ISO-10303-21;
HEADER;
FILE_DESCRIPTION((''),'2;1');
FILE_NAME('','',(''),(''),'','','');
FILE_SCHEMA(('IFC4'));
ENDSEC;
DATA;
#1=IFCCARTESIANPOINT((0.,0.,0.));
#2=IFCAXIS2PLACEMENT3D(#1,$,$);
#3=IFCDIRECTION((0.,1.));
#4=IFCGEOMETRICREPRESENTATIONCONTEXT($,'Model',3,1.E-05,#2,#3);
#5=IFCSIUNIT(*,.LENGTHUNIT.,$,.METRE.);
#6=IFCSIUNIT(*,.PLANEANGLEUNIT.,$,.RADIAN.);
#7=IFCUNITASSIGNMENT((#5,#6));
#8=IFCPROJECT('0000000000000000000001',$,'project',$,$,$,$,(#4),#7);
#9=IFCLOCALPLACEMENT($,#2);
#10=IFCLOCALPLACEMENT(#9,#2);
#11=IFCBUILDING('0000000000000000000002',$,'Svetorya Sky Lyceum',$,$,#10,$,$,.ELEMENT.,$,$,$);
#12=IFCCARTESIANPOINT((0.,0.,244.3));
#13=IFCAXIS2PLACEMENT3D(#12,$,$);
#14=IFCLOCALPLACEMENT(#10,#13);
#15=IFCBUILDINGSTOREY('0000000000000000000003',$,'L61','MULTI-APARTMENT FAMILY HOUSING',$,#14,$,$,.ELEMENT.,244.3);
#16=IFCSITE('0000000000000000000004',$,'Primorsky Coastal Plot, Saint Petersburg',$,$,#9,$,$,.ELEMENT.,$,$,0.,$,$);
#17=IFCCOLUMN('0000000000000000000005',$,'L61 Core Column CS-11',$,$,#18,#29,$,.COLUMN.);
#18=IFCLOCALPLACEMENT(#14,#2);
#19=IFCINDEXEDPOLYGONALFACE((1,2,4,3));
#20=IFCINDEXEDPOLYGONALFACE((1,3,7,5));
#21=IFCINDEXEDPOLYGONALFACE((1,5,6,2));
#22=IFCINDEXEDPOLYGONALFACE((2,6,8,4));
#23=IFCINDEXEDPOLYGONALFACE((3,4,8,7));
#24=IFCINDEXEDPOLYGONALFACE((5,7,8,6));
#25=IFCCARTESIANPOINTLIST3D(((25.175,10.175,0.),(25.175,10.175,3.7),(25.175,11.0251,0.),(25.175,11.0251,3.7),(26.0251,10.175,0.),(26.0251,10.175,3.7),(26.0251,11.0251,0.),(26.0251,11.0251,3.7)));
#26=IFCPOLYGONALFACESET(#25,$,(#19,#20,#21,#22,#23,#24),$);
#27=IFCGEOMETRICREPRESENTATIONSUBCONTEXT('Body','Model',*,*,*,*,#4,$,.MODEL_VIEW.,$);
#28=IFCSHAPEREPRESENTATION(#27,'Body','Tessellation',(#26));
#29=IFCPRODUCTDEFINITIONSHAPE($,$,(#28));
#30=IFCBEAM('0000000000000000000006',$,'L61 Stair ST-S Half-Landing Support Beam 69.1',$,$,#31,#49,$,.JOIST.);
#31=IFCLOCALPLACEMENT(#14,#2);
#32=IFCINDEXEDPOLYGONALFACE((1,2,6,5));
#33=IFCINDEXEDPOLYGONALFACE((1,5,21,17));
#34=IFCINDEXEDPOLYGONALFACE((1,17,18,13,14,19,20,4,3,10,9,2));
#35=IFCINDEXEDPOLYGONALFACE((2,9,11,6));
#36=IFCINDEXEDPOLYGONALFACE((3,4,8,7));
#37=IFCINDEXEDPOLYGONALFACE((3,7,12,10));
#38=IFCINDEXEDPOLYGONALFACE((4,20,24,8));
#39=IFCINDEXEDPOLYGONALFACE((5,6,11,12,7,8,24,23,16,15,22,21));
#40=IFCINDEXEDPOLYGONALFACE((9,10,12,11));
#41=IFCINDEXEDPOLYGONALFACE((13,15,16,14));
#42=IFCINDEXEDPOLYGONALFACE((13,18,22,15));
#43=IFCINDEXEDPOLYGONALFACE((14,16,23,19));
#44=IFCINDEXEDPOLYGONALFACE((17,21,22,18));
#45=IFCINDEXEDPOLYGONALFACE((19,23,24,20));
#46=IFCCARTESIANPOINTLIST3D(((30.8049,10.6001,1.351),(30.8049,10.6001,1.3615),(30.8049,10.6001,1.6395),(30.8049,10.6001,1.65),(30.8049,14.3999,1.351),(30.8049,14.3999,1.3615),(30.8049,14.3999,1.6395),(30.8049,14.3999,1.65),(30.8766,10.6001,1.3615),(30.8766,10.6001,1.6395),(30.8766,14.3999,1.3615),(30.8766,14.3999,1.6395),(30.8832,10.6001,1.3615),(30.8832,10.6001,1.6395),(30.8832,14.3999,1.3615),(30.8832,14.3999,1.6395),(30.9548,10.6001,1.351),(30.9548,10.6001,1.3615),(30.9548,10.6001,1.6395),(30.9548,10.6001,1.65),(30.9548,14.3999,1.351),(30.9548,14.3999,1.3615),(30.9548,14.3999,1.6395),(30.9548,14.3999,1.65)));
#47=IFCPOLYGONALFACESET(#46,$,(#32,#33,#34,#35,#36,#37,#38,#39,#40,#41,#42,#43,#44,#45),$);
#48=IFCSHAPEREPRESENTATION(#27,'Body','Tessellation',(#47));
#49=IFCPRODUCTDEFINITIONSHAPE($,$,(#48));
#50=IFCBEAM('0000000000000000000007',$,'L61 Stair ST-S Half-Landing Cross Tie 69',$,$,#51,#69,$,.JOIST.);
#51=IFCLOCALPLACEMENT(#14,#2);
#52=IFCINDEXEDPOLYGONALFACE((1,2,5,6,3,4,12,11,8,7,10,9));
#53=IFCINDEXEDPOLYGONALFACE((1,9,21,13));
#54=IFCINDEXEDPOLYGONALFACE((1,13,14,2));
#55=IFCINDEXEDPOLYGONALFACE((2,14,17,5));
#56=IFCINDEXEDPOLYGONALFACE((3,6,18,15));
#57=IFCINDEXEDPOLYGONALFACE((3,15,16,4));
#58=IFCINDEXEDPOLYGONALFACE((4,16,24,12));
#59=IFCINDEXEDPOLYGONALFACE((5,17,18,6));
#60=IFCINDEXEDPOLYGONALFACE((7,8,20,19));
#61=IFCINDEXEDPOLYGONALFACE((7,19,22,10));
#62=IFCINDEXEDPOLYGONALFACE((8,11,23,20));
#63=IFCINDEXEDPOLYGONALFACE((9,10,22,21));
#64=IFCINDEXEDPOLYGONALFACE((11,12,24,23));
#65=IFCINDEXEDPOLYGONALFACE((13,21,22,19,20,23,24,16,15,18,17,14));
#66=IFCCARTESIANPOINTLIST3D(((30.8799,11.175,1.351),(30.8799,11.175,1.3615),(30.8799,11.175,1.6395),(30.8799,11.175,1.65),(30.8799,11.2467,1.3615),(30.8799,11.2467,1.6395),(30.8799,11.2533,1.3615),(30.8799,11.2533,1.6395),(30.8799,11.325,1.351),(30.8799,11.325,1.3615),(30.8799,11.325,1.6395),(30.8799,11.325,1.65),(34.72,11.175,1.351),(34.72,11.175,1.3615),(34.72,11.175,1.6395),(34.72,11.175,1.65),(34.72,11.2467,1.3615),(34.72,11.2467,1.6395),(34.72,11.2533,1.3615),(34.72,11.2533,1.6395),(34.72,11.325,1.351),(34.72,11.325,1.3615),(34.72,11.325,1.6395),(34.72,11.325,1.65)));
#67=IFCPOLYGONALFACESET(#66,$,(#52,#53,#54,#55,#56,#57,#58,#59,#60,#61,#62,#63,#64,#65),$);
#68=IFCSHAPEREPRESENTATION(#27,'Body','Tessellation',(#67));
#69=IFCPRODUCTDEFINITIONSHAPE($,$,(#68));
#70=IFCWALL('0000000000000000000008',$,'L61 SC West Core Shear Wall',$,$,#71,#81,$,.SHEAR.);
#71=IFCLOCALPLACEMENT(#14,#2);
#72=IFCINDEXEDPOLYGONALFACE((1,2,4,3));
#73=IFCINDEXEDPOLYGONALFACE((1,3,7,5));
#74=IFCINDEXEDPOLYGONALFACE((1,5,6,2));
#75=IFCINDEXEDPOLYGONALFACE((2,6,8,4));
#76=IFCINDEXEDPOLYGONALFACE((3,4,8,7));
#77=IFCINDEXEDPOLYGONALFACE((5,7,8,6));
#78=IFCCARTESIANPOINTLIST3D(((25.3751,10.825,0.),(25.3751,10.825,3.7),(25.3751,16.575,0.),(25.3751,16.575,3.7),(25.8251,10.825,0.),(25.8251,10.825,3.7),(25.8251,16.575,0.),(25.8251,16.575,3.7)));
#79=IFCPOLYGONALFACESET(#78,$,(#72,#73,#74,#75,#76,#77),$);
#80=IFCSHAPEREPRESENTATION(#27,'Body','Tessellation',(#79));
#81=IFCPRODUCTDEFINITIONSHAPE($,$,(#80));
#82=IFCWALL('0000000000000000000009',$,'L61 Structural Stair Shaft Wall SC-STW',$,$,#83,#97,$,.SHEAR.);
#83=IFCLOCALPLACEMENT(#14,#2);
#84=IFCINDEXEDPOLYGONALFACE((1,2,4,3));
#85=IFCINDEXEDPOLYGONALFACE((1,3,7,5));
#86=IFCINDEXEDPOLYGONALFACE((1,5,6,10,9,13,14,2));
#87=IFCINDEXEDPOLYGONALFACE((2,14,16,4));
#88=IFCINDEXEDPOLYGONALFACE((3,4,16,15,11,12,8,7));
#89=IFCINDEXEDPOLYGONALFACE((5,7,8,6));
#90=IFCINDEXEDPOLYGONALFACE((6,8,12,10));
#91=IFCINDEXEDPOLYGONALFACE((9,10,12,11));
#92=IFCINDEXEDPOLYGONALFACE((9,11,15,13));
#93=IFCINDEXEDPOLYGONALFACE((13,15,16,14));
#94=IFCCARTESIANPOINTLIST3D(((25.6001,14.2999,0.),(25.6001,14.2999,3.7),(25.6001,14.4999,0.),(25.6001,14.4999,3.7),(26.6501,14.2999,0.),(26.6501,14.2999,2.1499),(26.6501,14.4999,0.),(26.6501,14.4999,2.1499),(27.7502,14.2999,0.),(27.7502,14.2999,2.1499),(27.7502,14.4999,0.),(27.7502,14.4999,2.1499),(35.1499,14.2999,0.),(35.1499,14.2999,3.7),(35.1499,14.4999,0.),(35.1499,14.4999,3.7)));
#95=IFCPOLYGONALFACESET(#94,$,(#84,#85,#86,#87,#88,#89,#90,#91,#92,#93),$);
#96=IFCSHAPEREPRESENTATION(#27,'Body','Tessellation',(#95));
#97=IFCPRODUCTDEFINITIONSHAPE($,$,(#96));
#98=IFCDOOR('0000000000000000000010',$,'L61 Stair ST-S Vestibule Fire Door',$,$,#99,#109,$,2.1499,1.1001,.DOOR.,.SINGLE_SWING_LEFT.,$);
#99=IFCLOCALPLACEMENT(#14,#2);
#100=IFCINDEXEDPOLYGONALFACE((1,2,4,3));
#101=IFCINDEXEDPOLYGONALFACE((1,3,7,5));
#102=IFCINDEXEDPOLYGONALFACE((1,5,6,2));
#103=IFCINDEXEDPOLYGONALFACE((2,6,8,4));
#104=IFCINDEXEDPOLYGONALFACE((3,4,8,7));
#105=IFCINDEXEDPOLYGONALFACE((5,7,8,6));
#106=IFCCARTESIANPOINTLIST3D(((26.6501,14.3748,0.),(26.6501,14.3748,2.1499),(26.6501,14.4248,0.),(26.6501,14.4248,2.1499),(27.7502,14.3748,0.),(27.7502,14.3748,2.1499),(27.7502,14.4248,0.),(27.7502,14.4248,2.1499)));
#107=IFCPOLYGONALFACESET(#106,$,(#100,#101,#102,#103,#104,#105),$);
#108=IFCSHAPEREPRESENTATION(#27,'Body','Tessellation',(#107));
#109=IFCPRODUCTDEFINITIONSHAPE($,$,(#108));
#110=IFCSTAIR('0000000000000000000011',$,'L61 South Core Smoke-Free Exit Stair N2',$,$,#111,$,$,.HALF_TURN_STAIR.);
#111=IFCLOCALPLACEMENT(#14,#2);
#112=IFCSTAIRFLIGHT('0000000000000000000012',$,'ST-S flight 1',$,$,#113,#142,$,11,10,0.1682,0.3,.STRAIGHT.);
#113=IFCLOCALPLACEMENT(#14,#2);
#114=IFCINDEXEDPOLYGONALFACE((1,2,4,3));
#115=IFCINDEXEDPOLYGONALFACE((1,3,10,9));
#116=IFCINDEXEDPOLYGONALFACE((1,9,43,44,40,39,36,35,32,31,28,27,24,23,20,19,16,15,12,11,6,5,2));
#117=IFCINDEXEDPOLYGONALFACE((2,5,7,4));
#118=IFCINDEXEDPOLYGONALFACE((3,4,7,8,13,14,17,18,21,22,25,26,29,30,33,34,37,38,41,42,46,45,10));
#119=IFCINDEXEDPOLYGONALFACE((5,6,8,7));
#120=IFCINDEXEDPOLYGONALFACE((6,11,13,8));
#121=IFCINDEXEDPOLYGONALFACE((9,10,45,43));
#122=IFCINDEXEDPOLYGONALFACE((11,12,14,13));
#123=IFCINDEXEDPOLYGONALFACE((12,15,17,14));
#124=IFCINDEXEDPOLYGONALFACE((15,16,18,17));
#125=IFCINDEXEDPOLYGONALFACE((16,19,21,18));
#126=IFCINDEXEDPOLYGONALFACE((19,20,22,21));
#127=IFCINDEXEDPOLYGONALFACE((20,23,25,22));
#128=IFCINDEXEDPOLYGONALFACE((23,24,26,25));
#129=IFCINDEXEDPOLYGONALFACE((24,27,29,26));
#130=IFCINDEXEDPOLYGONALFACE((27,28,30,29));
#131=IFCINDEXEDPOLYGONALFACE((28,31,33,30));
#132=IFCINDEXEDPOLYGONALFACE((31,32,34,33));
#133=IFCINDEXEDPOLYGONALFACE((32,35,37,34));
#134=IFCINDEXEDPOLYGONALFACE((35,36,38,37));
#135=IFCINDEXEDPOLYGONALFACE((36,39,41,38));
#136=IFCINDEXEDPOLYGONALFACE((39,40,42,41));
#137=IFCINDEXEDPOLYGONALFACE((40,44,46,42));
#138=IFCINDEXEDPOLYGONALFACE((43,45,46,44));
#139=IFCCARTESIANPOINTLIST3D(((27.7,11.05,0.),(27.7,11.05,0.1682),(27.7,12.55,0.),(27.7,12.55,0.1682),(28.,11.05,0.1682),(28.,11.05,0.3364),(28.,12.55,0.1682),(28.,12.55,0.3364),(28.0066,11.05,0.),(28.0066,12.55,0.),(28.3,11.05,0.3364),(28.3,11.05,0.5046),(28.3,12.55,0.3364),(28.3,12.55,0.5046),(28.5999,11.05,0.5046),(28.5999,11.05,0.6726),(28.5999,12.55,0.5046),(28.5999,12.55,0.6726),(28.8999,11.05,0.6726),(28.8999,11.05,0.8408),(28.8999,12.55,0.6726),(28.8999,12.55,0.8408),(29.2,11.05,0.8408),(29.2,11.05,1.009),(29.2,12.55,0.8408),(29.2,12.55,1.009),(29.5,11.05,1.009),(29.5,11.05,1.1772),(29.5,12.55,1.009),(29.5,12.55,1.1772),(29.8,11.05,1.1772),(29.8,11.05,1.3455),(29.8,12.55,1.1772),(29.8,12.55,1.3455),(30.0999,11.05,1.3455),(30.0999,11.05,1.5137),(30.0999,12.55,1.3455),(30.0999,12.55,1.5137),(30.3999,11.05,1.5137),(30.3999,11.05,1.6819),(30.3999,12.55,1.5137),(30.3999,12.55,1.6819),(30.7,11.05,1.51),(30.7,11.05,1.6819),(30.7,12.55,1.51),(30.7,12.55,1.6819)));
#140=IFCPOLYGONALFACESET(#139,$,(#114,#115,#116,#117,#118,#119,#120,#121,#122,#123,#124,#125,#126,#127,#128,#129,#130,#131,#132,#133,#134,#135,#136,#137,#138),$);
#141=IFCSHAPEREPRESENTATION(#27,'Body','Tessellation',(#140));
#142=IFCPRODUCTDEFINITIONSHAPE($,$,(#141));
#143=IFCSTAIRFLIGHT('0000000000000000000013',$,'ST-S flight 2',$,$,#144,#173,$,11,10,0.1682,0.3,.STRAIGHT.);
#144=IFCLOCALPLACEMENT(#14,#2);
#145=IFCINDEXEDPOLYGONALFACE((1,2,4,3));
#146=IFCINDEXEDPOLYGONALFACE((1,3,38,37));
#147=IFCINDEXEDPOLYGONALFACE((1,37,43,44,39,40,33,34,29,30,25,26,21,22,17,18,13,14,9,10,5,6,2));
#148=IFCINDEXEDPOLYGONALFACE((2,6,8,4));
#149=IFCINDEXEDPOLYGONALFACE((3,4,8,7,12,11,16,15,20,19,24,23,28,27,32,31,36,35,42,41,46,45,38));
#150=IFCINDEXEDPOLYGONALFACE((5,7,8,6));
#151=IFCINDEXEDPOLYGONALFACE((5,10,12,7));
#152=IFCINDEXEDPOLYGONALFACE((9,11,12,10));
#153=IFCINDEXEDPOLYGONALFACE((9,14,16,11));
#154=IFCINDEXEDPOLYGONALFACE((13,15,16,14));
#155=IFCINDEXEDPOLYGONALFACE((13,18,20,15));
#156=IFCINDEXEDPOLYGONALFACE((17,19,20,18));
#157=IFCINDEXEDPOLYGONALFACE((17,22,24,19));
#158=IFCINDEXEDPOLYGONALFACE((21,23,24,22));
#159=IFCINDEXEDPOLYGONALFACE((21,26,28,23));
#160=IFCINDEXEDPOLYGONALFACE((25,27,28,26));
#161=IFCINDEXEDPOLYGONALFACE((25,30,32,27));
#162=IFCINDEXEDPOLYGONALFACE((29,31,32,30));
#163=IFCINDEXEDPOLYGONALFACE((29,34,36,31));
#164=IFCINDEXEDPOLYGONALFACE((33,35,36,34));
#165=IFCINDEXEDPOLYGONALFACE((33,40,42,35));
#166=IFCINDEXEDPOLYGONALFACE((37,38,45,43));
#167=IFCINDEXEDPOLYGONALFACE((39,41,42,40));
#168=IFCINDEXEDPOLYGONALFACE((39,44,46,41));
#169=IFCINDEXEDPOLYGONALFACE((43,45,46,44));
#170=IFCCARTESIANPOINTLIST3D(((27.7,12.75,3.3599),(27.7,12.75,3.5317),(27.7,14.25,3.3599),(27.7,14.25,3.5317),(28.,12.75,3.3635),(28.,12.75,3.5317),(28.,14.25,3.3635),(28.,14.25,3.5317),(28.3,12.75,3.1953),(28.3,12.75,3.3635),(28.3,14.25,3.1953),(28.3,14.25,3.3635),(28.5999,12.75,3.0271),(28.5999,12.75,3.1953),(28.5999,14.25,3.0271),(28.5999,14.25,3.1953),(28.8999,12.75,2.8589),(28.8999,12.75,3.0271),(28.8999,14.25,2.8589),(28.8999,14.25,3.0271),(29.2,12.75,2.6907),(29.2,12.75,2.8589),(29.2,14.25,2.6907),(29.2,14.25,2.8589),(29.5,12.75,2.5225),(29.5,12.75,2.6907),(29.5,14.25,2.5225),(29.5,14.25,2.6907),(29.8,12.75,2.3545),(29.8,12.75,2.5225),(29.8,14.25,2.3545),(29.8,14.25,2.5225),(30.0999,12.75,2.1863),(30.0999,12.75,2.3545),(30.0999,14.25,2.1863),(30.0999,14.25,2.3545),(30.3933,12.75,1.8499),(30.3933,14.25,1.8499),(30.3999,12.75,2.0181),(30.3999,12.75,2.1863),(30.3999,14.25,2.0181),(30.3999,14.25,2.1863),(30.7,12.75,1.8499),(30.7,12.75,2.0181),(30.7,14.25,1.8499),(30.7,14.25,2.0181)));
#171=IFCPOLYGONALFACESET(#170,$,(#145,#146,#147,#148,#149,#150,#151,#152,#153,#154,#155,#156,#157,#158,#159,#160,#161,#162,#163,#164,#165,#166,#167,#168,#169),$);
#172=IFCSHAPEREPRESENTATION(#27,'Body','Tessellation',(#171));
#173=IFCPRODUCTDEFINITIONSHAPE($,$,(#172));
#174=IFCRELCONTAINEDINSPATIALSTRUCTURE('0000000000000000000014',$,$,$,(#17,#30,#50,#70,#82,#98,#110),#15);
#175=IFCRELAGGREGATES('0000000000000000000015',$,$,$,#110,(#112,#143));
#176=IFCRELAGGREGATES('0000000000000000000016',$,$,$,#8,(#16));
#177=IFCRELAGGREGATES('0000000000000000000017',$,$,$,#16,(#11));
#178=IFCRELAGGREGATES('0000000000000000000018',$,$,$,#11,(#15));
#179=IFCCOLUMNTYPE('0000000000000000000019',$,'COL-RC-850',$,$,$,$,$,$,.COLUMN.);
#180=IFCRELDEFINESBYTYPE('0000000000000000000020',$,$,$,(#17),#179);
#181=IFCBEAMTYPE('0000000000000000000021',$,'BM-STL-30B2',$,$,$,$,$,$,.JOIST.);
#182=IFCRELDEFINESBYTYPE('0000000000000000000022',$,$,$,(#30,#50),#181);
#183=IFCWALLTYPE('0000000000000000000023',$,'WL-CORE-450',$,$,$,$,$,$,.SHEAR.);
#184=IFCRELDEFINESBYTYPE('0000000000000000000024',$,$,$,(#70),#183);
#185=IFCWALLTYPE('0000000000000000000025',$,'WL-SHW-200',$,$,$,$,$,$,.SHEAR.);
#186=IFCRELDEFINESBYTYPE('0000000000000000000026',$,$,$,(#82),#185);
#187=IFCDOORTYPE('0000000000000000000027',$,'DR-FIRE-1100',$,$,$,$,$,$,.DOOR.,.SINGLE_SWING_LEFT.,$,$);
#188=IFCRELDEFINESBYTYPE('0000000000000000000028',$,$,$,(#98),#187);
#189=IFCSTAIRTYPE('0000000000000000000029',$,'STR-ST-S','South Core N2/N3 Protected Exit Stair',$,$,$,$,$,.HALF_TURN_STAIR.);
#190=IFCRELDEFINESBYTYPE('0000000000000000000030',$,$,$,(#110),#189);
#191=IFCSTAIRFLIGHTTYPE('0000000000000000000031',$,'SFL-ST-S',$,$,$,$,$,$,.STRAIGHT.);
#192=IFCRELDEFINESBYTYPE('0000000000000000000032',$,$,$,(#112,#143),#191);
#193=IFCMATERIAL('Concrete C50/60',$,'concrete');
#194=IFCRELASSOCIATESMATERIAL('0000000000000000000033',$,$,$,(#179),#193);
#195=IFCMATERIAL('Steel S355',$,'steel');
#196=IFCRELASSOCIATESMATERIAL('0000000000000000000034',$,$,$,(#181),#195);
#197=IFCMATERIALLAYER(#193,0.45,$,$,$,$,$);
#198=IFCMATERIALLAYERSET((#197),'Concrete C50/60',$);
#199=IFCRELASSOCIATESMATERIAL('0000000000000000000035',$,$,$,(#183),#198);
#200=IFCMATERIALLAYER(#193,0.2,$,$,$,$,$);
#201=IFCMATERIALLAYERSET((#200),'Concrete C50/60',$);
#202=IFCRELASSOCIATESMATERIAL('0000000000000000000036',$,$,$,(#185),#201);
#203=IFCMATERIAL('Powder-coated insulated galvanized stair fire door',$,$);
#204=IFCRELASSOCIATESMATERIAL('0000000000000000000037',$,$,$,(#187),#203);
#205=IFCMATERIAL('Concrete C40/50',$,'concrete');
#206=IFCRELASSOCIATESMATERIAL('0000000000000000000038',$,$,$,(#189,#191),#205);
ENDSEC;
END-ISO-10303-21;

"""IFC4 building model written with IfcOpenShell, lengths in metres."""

from ifc_helpers import new_model, si_unit, direction, frame, frame_2d, origin, origin_2d, place, context, subcontext, project, spatial, polyline, rectangle, i_section, outline, extrude, material, layer, layer_set, material_profile, profile_set, type_object, element, fill, aggregate, save


model = new_model("IFC4")

# Units and contexts
model_context = context("Model", 3, precision=1e-05, world=origin(), true_north=direction((0.0, 1.0)))
body_context = subcontext(model_context, "Body", "Model", "MODEL_VIEW")
ifc_project = project(units=[si_unit("LENGTHUNIT", "METRE"), si_unit("PLANEANGLEUNIT", "RADIAN")], contexts=[model_context])

# Site, building, storey
site_placement = place(None, origin())
site = spatial("IfcSite", under=ifc_project, at=site_placement, Name="Primorsky Coastal Plot, Saint Petersburg", CompositionType="ELEMENT", RefElevation=0.0)
building_placement = place(site_placement, origin())
building = spatial("IfcBuilding", under=site, at=building_placement, Name="Svetorya Sky Lyceum", CompositionType="ELEMENT")
storey_placement = place(building_placement, frame((0.0, 0.0, 244.3)))
storey = spatial("IfcBuildingStorey", under=building, at=storey_placement, Name="L61", Description="MULTI-APARTMENT FAMILY HOUSING", CompositionType="ELEMENT", Elevation=244.3)

# Column
ifc_material_1 = material(Name="Concrete C50/60", Category="concrete")
ifc_material_profile_1 = material_profile(ifc_material_1, rectangle(XDim=0.8501, YDim=0.8501, at=origin_2d()), Name="RC COL 850x850")
ifc_profile_set_1 = profile_set([ifc_material_profile_1], Name="Concrete C50/60")
column_type = type_object("IfcColumnType", Name="COL-RC-850", PredefinedType="COLUMN", material=ifc_profile_set_1)
column_placement = place(storey_placement, frame((25.6001, 10.6001, 0.0), z_axis=(0.0, 0.0, 1.0), x_axis=(1.0, 0.0, 0.0)))
element("IfcColumn", 1, at=column_placement, inside=storey, type_object=column_type, Name="L61 Core Column CS-11", PredefinedType="COLUMN", context=body_context, shape_type="SweptSolid", body=[
    extrude(rectangle(XDim=0.8501, YDim=0.8501, at=origin_2d()), origin(), (0.0, 0.0, 1.0), 3.7),
])

# Beams
ifc_material_2 = material(Name="Steel S355", Category="steel")
ifc_material_profile_2 = material_profile(ifc_material_2, i_section(OverallWidth=0.1499, OverallDepth=0.2991, WebThickness=0.0066, FlangeThickness=0.0105, at=origin_2d()), Name="GOST 30B2")
ifc_profile_set_2 = profile_set([ifc_material_profile_2], Name="Steel S355")
beam_type = type_object("IfcBeamType", Name="BM-STL-30B2", PredefinedType="JOIST", material=ifc_profile_set_2)
beam_1_placement = place(storey_placement, frame((30.8799, 10.6001, 1.5005), z_axis=(0.0, 1.0, 0.0), x_axis=(-1.0, 0.0, 0.0)))
element("IfcBeam", 2, at=beam_1_placement, inside=storey, type_object=beam_type, Name="L61 Stair ST-S Half-Landing Support Beam 69.1", PredefinedType="JOIST", context=body_context, shape_type="SweptSolid", body=[
    extrude(i_section(OverallWidth=0.1499, OverallDepth=0.2991, WebThickness=0.0066, FlangeThickness=0.0105, at=origin_2d()), origin(), (0.0, 0.0, 1.0), 3.7998),
])
beam_2_placement = place(storey_placement, frame((30.8799, 11.25, 1.5005), z_axis=(1.0, 0.0, 0.0), x_axis=(0.0, 1.0, 0.0)))
element("IfcBeam", 3, at=beam_2_placement, inside=storey, type_object=beam_type, Name="L61 Stair ST-S Half-Landing Cross Tie 69", PredefinedType="JOIST", context=body_context, shape_type="SweptSolid", body=[
    extrude(i_section(OverallWidth=0.1499, OverallDepth=0.2991, WebThickness=0.0066, FlangeThickness=0.0105, at=origin_2d()), origin(), (0.0, 0.0, 1.0), 3.8401),
])

# Wall
ifc_layer_1 = layer(ifc_material_1, 0.45)
ifc_layer_set_1 = layer_set([ifc_layer_1], Name="Concrete C50/60")
wall_type_1 = type_object("IfcWallType", Name="WL-CORE-450", PredefinedType="SHEAR", material=ifc_layer_set_1)
wall_1_placement = place(storey_placement, frame((25.6001, 10.825, 0.0), z_axis=(0.0, 0.0, 1.0), x_axis=(0.0, 1.0, 0.0)))
element("IfcWall", 4, at=wall_1_placement, inside=storey, type_object=wall_type_1, Name="L61 SC West Core Shear Wall", PredefinedType="SHEAR", context=body_context, shape_type="SweptSolid", body=[
    extrude(rectangle(XDim=5.75, YDim=0.45, at=frame_2d((2.875, 0.0))), origin(), (0.0, 0.0, 1.0), 3.7),
])

# Wall, opening, door
ifc_layer_2 = layer(ifc_material_1, 0.2)
ifc_layer_set_2 = layer_set([ifc_layer_2], Name="Concrete C50/60")
wall_type_2 = type_object("IfcWallType", Name="WL-SHW-200", PredefinedType="SHEAR", material=ifc_layer_set_2)
wall_2_placement = place(storey_placement, frame((25.6001, 14.3999, 0.0), z_axis=(0.0, 0.0, 1.0), x_axis=(1.0, 0.0, 0.0)))
wall_2 = element("IfcWall", 5, at=wall_2_placement, inside=storey, type_object=wall_type_2, Name="L61 Structural Stair Shaft Wall SC-STW", PredefinedType="SHEAR", context=body_context, shape_type="SweptSolid", body=[
    extrude(rectangle(XDim=9.5498, YDim=0.2, at=frame_2d((4.7749, 0.0))), origin(), (0.0, 0.0, 1.0), 3.7),
])
opening_placement = place(wall_2_placement, frame((1.05, 0.0, 0.0)))
opening = element("IfcOpeningElement", 6, at=opening_placement, cuts=wall_2, PredefinedType="OPENING", context=body_context, shape_type="SweptSolid", body=[
    extrude(rectangle(XDim=1.1001, YDim=2.1499, at=frame_2d((0.55, 1.075))), frame((0.0, 0.1099, 0.0), z_axis=(0.0, -1.0, 0.0), x_axis=(1.0, 0.0, 0.0)), (0.0, 0.0, 1.0), 0.22),
])
ifc_material_3 = material(Name="Powder-coated insulated galvanized stair fire door")
door_type = type_object("IfcDoorType", Name="DR-FIRE-1100", OperationType="SINGLE_SWING_LEFT", PredefinedType="DOOR", material=ifc_material_3)
door_placement = place(opening_placement, origin())
door = element("IfcDoor", 7, at=door_placement, inside=storey, type_object=door_type, Name="L61 Stair ST-S Vestibule Fire Door", OperationType="SINGLE_SWING_LEFT", OverallHeight=2.1499, OverallWidth=1.1001, PredefinedType="DOOR", context=body_context, shape_type="SweptSolid", body=[
    extrude(rectangle(XDim=1.1001, YDim=2.1499, at=frame_2d((0.55, 1.075))), frame((0.0, 0.0249, 0.0), z_axis=(0.0, -1.0, 0.0), x_axis=(1.0, 0.0, 0.0)), (0.0, 0.0, 1.0), 0.05),
])
fill(opening, door)

# Stair, stair flights
ifc_material_4 = material(Name="Concrete C40/50", Category="concrete")
stair_type = type_object("IfcStairType", Name="STR-ST-S", Description="South Core N2/N3 Protected Exit Stair", PredefinedType="HALF_TURN_STAIR", material=ifc_material_4)
stair_placement = place(storey_placement, origin())
stair = element("IfcStair", 8, at=stair_placement, inside=storey, type_object=stair_type, Name="L61 South Core Smoke-Free Exit Stair N2", PredefinedType="HALF_TURN_STAIR")
stair_flight_type = type_object("IfcStairFlightType", Name="SFL-ST-S", PredefinedType="STRAIGHT", material=ifc_material_4)
stair_flight_1_placement = place(storey_placement, frame((27.7, 11.8, 0.0), z_axis=(0.0, 0.0, 1.0), x_axis=(1.0, 0.0, 0.0)))
stair_flight_1 = element("IfcStairFlight", 9, at=stair_flight_1_placement, type_object=stair_flight_type, Name="ST-S flight 1", NumberOfRisers=11, NumberOfTreads=10, PredefinedType="STRAIGHT", RiserHeight=0.1682, TreadLength=0.3, context=body_context, shape_type="SweptSolid", body=[
    extrude(outline(polyline([(0.0, 0.0), (0.0, 0.1682), (0.3, 0.1682), (0.3, 0.3364), (0.6001, 0.3364), (0.6001, 0.5046), (0.8999, 0.5046), (0.8999, 0.6726), (1.2, 0.6726), (1.2, 0.8408), (1.5, 0.8408), (1.5, 1.009), (1.8, 1.009), (1.8, 1.1772), (2.1001, 1.1772), (2.1001, 1.3455), (2.3999, 1.3455), (2.3999, 1.5137), (2.7, 1.5137), (2.7, 1.6819), (3.0, 1.6819), (3.0, 1.8501), (3.0, 1.51), (0.3066, 0.0), (0.0, 0.0)])), frame((0.0, 0.75, 0.0), z_axis=(0.0, -1.0, 0.0), x_axis=(1.0, 0.0, 0.0)), (0.0, 0.0, 1.0), 1.5),
])
stair_flight_2_placement = place(storey_placement, frame((30.7, 13.5, 1.8499), z_axis=(0.0, 0.0, 1.0), x_axis=(-1.0, 0.0, 0.0)))
stair_flight_2 = element("IfcStairFlight", 10, at=stair_flight_2_placement, type_object=stair_flight_type, Name="ST-S flight 2", NumberOfRisers=11, NumberOfTreads=10, PredefinedType="STRAIGHT", RiserHeight=0.1682, TreadLength=0.3, context=body_context, shape_type="SweptSolid", body=[
    extrude(outline(polyline([(0.0, 0.0), (0.0, 0.1682), (0.3, 0.1682), (0.3, 0.3364), (0.6001, 0.3364), (0.6001, 0.5046), (0.8999, 0.5046), (0.8999, 0.6726), (1.2, 0.6726), (1.2, 0.8408), (1.5, 0.8408), (1.5, 1.009), (1.8, 1.009), (1.8, 1.1772), (2.1001, 1.1772), (2.1001, 1.3455), (2.3999, 1.3455), (2.3999, 1.5137), (2.7, 1.5137), (2.7, 1.6819), (3.0, 1.6819), (3.0, 1.8501), (3.0, 1.51), (0.3066, 0.0), (0.0, 0.0)])), frame((0.0, 0.75, 0.0), z_axis=(0.0, -1.0, 0.0), x_axis=(1.0, 0.0, 0.0)), (0.0, 0.0, 1.0), 1.5),
])
aggregate(stair, [stair_flight_1, stair_flight_2])

save(model, "model.ifc")
